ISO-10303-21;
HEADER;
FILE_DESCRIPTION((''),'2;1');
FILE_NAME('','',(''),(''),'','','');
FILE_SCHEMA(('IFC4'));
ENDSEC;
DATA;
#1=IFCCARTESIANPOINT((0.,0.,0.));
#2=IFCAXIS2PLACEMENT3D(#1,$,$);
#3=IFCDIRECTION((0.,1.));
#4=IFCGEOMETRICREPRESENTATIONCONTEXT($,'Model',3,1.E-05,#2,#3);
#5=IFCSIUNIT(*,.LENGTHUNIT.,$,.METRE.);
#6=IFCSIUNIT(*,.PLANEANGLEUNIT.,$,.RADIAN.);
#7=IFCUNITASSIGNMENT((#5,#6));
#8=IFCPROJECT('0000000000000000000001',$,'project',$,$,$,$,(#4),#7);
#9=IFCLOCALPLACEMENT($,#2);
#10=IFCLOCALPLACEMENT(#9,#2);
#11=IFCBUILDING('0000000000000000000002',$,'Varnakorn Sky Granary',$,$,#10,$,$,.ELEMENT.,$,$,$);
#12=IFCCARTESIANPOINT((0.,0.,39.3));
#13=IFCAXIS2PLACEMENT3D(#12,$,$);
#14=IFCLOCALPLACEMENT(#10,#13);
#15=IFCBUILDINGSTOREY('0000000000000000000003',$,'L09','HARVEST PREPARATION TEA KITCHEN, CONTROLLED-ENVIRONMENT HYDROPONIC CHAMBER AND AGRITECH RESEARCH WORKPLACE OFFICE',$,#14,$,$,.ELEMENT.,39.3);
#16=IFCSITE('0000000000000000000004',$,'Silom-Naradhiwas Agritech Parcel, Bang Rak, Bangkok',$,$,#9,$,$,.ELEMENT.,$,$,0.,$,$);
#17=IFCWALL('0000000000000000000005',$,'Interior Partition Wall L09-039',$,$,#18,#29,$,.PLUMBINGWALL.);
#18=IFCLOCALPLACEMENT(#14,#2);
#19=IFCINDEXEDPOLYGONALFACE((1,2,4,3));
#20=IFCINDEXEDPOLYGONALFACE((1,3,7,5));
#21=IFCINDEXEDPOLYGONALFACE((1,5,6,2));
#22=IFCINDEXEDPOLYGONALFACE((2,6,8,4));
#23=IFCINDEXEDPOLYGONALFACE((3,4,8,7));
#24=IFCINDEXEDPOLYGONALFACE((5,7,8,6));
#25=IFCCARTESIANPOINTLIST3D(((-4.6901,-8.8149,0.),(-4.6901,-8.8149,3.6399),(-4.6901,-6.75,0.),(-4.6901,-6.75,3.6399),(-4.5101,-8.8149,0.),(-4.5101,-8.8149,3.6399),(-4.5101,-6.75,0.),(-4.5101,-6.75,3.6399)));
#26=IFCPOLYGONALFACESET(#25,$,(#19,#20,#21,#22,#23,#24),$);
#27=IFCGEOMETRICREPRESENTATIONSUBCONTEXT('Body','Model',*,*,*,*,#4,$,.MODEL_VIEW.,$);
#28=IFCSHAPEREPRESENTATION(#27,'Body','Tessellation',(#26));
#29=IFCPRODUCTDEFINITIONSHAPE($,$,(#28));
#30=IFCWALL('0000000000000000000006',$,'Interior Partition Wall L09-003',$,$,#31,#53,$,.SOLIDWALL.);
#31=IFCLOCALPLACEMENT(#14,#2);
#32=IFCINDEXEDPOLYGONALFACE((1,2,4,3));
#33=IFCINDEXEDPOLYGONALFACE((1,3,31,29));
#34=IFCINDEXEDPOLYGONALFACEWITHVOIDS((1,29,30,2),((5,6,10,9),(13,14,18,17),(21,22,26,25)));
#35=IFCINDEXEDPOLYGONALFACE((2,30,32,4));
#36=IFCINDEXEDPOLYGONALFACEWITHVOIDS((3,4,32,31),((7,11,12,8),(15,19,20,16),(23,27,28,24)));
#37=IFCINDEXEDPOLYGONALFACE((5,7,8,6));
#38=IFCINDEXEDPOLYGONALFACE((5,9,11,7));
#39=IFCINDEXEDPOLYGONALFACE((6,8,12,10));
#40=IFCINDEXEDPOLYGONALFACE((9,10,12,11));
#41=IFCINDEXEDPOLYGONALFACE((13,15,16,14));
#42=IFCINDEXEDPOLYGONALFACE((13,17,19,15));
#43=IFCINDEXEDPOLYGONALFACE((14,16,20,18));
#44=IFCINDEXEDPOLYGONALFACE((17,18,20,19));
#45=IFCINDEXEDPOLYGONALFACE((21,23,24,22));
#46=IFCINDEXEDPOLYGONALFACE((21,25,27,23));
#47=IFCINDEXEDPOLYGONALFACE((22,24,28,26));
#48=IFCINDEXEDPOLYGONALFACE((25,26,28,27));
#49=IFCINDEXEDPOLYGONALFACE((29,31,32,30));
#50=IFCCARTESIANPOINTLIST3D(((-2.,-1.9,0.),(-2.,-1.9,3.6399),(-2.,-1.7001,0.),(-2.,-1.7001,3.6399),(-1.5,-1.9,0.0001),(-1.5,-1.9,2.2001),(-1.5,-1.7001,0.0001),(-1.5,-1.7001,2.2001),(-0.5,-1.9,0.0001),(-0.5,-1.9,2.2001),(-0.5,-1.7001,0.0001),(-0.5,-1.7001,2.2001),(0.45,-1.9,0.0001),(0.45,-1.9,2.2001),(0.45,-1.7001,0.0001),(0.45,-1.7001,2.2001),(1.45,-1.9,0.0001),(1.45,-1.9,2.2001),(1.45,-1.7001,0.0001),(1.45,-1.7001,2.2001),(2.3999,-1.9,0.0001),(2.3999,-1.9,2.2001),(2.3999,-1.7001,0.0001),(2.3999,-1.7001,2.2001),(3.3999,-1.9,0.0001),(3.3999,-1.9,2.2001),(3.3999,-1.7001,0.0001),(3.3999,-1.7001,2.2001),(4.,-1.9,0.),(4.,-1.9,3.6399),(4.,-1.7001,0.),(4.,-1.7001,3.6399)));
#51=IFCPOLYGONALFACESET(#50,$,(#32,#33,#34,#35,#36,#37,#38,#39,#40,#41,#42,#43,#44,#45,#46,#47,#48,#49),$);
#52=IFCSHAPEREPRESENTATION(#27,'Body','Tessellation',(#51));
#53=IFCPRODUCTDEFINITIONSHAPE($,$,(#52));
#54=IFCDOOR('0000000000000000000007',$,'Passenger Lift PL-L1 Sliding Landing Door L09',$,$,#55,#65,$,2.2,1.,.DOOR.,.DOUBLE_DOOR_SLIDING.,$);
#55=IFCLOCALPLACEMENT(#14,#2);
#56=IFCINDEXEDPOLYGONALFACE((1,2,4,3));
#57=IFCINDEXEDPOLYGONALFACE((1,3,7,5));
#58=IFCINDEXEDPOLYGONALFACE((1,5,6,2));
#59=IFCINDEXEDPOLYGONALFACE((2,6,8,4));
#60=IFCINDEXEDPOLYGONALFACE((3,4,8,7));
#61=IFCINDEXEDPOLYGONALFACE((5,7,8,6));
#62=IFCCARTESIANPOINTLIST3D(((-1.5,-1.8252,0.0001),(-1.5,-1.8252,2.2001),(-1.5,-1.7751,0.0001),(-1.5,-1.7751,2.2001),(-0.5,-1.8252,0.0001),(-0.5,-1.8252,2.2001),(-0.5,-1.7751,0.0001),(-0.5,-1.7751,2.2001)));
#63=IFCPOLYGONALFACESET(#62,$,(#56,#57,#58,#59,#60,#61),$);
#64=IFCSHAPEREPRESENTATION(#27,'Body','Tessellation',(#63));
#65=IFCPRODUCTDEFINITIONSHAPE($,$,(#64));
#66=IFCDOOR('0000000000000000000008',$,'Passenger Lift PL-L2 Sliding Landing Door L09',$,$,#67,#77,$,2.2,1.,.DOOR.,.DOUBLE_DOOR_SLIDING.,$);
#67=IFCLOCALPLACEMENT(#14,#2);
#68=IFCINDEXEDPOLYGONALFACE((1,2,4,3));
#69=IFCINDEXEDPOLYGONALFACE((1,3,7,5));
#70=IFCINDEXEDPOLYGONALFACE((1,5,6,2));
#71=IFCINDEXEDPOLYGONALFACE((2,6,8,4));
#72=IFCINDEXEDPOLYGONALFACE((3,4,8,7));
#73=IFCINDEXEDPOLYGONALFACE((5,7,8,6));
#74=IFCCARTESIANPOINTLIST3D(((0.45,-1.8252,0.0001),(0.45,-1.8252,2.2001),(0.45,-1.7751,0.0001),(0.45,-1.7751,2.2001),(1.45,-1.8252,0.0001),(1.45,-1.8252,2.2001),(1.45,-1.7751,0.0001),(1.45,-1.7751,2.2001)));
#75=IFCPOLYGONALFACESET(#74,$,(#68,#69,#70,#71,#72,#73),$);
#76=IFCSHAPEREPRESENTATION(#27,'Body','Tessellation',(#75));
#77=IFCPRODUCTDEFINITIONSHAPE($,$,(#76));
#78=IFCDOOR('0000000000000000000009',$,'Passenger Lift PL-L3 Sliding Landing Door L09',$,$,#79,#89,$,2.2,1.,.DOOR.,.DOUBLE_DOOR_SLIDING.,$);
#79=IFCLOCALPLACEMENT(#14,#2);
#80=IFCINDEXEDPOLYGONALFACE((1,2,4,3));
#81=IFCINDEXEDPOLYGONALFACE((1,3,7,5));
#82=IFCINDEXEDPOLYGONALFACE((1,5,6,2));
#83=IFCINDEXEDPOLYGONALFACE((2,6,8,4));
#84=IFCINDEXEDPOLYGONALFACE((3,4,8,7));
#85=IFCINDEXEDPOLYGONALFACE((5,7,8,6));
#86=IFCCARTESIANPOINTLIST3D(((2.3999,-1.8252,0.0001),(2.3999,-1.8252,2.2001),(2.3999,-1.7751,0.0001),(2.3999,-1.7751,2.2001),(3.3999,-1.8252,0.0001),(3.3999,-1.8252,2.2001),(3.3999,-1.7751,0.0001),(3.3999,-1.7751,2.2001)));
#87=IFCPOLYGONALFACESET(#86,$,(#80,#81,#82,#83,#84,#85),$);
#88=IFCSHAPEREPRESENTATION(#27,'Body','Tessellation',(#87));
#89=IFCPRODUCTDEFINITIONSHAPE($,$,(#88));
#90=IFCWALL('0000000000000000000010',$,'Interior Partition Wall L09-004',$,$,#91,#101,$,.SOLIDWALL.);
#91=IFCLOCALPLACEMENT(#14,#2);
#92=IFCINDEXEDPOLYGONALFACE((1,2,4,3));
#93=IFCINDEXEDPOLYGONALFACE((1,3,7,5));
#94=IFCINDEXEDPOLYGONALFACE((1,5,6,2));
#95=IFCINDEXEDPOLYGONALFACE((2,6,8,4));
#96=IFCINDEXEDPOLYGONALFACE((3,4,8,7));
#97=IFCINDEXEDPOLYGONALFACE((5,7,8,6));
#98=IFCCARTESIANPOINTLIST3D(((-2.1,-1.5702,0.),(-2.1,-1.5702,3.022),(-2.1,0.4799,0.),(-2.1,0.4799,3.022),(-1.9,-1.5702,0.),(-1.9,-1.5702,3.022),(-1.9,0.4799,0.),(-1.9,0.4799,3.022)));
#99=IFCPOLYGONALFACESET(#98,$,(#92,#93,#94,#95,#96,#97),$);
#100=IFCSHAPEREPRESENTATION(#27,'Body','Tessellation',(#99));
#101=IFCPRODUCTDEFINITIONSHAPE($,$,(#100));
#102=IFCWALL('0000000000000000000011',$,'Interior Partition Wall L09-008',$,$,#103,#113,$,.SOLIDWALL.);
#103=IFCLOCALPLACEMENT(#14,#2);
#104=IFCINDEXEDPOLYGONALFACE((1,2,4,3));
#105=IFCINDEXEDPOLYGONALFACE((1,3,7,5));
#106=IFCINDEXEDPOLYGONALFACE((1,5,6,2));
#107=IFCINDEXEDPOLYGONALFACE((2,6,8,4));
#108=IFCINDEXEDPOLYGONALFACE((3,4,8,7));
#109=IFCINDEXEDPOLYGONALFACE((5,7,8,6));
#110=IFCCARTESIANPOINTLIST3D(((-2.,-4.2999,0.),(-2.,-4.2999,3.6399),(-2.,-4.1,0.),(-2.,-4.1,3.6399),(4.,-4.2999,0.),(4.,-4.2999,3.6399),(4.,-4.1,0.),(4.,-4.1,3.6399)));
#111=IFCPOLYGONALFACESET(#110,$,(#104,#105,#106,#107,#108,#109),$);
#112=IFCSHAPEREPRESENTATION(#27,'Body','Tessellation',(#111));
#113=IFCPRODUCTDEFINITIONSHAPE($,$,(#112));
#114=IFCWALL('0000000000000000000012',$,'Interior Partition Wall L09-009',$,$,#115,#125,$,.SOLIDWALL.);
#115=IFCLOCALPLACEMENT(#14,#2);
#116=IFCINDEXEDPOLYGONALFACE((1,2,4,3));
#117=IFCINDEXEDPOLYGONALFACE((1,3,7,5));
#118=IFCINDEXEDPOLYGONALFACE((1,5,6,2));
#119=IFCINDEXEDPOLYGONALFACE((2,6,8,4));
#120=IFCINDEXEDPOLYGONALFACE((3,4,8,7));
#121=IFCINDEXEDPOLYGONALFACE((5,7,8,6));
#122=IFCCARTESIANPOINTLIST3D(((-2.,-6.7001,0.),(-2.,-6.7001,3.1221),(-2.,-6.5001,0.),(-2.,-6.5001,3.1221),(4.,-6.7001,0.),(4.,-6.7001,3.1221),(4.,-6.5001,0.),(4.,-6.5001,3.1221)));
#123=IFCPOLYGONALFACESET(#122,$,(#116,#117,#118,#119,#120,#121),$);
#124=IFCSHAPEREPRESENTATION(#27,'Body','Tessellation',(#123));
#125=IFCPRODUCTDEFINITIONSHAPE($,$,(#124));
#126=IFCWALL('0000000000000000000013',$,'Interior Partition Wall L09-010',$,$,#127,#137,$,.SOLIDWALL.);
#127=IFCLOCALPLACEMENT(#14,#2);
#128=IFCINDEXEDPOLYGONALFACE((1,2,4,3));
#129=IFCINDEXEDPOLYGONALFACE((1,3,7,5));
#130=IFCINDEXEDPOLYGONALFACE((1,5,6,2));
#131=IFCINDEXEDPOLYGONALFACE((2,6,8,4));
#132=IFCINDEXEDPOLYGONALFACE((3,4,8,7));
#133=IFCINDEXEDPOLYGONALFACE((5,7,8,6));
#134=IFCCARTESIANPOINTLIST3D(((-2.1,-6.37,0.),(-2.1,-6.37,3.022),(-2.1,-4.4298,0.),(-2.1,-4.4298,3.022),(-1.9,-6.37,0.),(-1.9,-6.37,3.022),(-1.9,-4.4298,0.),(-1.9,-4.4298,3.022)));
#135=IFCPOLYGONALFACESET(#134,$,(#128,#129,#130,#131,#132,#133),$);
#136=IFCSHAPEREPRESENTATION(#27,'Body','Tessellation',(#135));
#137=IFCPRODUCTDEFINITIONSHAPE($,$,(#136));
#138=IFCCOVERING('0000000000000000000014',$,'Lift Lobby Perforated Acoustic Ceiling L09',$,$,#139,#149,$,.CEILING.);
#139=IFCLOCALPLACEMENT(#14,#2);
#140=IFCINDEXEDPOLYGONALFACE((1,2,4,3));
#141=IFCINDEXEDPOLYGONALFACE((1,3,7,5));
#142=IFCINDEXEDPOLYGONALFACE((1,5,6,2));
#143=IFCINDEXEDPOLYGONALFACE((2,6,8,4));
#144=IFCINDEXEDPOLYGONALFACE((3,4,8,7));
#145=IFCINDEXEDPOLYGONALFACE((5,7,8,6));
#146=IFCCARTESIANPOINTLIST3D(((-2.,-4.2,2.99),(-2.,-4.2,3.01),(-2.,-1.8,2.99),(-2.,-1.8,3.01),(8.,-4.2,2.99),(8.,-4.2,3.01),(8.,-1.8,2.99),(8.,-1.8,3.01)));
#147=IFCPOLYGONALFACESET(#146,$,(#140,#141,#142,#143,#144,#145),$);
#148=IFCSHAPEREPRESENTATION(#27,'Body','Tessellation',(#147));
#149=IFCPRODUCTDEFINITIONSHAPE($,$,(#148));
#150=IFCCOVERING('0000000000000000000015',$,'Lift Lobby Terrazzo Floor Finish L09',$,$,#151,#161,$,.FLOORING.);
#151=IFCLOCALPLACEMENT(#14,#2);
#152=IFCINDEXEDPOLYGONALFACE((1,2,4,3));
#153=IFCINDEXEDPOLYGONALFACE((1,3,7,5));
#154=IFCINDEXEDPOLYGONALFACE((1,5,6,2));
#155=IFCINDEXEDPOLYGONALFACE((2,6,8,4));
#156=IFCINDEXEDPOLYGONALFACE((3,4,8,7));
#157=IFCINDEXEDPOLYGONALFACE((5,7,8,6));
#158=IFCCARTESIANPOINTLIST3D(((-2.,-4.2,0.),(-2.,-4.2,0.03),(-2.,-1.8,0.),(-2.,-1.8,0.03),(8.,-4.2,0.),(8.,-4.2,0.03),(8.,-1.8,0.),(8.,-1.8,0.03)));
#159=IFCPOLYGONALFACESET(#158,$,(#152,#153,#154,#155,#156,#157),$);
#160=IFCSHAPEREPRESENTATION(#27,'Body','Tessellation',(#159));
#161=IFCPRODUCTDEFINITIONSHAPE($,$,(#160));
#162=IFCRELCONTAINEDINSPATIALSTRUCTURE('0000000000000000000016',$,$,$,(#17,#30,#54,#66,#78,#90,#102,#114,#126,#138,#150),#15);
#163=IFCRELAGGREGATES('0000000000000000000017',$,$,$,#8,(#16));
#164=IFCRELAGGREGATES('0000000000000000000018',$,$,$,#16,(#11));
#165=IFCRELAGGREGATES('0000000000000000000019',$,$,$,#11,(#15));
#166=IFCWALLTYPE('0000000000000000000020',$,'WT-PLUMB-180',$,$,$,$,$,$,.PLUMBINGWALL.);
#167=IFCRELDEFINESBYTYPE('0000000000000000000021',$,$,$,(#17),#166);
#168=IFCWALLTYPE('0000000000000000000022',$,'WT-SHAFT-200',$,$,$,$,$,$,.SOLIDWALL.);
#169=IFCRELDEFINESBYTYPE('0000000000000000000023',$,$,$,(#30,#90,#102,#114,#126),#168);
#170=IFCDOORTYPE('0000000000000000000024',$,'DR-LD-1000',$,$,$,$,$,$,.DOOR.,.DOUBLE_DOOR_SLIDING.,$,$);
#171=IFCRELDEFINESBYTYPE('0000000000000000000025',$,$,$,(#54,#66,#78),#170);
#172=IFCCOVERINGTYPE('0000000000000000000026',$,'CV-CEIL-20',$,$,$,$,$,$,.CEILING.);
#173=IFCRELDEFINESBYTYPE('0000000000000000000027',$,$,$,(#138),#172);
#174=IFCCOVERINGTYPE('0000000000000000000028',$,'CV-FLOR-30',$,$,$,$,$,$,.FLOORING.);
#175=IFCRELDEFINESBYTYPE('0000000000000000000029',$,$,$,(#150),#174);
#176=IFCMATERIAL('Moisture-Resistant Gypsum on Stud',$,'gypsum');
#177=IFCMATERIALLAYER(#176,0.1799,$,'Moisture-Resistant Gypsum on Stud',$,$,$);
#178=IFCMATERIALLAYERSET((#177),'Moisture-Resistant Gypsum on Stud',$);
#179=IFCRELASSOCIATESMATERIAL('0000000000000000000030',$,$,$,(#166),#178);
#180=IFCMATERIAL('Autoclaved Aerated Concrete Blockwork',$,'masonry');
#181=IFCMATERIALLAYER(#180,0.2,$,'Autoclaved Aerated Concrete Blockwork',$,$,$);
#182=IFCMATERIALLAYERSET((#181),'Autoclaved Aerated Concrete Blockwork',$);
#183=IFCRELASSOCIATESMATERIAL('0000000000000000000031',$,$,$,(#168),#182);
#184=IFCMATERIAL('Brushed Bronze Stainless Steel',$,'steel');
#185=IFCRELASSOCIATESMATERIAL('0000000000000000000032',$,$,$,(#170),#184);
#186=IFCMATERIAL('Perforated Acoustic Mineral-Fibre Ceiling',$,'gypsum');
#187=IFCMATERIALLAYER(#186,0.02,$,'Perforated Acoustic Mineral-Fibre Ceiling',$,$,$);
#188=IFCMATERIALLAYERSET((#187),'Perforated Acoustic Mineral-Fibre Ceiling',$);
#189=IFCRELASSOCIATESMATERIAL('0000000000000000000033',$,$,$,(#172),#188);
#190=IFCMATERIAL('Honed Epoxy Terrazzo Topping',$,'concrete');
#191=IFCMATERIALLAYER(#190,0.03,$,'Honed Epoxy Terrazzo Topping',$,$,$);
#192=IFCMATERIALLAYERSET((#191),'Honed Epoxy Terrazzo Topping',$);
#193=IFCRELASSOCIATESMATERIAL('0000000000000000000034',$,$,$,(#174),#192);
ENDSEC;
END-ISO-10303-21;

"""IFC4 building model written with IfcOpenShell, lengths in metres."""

from ifc_helpers import new_model, si_unit, direction, frame, frame_2d, origin, place, context, subcontext, project, spatial, polyline, rectangle, outline, extrude, material, layer, layer_set, type_object, element, fill, save


model = new_model("IFC4")

# Units and contexts
model_context = context("Model", 3, precision=1e-05, world=origin(), true_north=direction((0.0, 1.0)))
body_context = subcontext(model_context, "Body", "Model", "MODEL_VIEW")
ifc_project = project(units=[si_unit("LENGTHUNIT", "METRE"), si_unit("PLANEANGLEUNIT", "RADIAN")], contexts=[model_context])

# Site, building, storey
site_placement = place(None, origin())
site = spatial("IfcSite", under=ifc_project, at=site_placement, Name="Silom-Naradhiwas Agritech Parcel, Bang Rak, Bangkok", CompositionType="ELEMENT", RefElevation=0.0)
building_placement = place(site_placement, origin())
building = spatial("IfcBuilding", under=site, at=building_placement, Name="Varnakorn Sky Granary", CompositionType="ELEMENT")
storey_placement = place(building_placement, frame((0.0, 0.0, 39.3)))
storey = spatial("IfcBuildingStorey", under=building, at=storey_placement, Name="L09", Description="HARVEST PREPARATION TEA KITCHEN, CONTROLLED-ENVIRONMENT HYDROPONIC CHAMBER AND AGRITECH RESEARCH WORKPLACE OFFICE", CompositionType="ELEMENT", Elevation=39.3)

# Shared definitions
ifc_material_1 = material(Name="Autoclaved Aerated Concrete Blockwork", Category="masonry")

# Wall
ifc_material_2 = material(Name="Moisture-Resistant Gypsum on Stud", Category="gypsum")
ifc_layer_1 = layer(ifc_material_2, 0.1799, Name="Moisture-Resistant Gypsum on Stud")
ifc_layer_set_1 = layer_set([ifc_layer_1], Name="Moisture-Resistant Gypsum on Stud")
wall_type_1 = type_object("IfcWallType", Name="WT-PLUMB-180", PredefinedType="PLUMBINGWALL", material=ifc_layer_set_1)
wall_1_placement = place(storey_placement, frame((-4.6001, -6.75, 0.0), z_axis=(0.0, 0.0, 1.0), x_axis=(0.0, -1.0, 0.0)))
element("IfcWall", 1, at=wall_1_placement, inside=storey, type_object=wall_type_1, Name="Interior Partition Wall L09-039", PredefinedType="PLUMBINGWALL", context=body_context, shape_type="SweptSolid", body=[
    extrude(rectangle(XDim=2.0649, YDim=0.1799, at=frame_2d((1.0325, 0.0))), origin(), (0.0, 0.0, 1.0), 3.6399),
])

# Wall, openings, doors
ifc_layer_2 = layer(ifc_material_1, 0.2, Name="Autoclaved Aerated Concrete Blockwork")
ifc_layer_set_2 = layer_set([ifc_layer_2], Name="Autoclaved Aerated Concrete Blockwork")
wall_type_2 = type_object("IfcWallType", Name="WT-SHAFT-200", PredefinedType="SOLIDWALL", material=ifc_layer_set_2)
wall_2_placement = place(storey_placement, frame((-2.0, -1.8, 0.0), z_axis=(0.0, 0.0, 1.0), x_axis=(1.0, 0.0, 0.0)))
wall_2 = element("IfcWall", 2, at=wall_2_placement, inside=storey, type_object=wall_type_2, Name="Interior Partition Wall L09-003", PredefinedType="SOLIDWALL", context=body_context, shape_type="SweptSolid", body=[
    extrude(rectangle(XDim=6.0, YDim=0.2, at=frame_2d((3.0, 0.0))), origin(), (0.0, 0.0, 1.0), 3.6399),
])
opening_1_placement = place(wall_2_placement, frame((0.5, 0.0, 0.0)))
opening_1 = element("IfcOpeningElement", 3, at=opening_1_placement, cuts=wall_2, PredefinedType="OPENING", context=body_context, shape_type="SweptSolid", body=[
    extrude(rectangle(XDim=1.0, YDim=2.2, at=frame_2d((0.5, 1.1001))), frame((0.0, 0.1099, 0.0), z_axis=(0.0, -1.0, 0.0), x_axis=(1.0, 0.0, 0.0)), (0.0, 0.0, 1.0), 0.22),
])
opening_2_placement = place(wall_2_placement, frame((2.45, 0.0, 0.0)))
opening_2 = element("IfcOpeningElement", 4, at=opening_2_placement, cuts=wall_2, PredefinedType="OPENING", context=body_context, shape_type="SweptSolid", body=[
    extrude(rectangle(XDim=1.0, YDim=2.2, at=frame_2d((0.5, 1.1001))), frame((0.0, 0.1099, 0.0), z_axis=(0.0, -1.0, 0.0), x_axis=(1.0, 0.0, 0.0)), (0.0, 0.0, 1.0), 0.22),
])
opening_3_placement = place(wall_2_placement, frame((4.3999, 0.0, 0.0)))
opening_3 = element("IfcOpeningElement", 5, at=opening_3_placement, cuts=wall_2, PredefinedType="OPENING", context=body_context, shape_type="SweptSolid", body=[
    extrude(rectangle(XDim=1.0, YDim=2.2, at=frame_2d((0.5, 1.1001))), frame((0.0, 0.1099, 0.0), z_axis=(0.0, -1.0, 0.0), x_axis=(1.0, 0.0, 0.0)), (0.0, 0.0, 1.0), 0.22),
])
ifc_material_3 = material(Name="Brushed Bronze Stainless Steel", Category="steel")
door_type_1 = type_object("IfcDoorType", Name="DR-LD-1000", OperationType="DOUBLE_DOOR_SLIDING", PredefinedType="DOOR", material=ifc_material_3)
door_1_placement = place(opening_1_placement, origin())
door_1 = element("IfcDoor", 6, at=door_1_placement, inside=storey, type_object=door_type_1, Name="Passenger Lift PL-L1 Sliding Landing Door L09", OperationType="DOUBLE_DOOR_SLIDING", OverallHeight=2.2, OverallWidth=1.0, PredefinedType="DOOR", context=body_context, shape_type="SweptSolid", body=[
    extrude(rectangle(XDim=1.0, YDim=2.2, at=frame_2d((0.5, 1.1001))), frame((0.0, 0.0249, 0.0), z_axis=(0.0, -1.0, 0.0), x_axis=(1.0, 0.0, 0.0)), (0.0, 0.0, 1.0), 0.05),
])
fill(opening_1, door_1)
door_2_placement = place(opening_2_placement, origin())
door_2 = element("IfcDoor", 7, at=door_2_placement, inside=storey, type_object=door_type_1, Name="Passenger Lift PL-L2 Sliding Landing Door L09", OperationType="DOUBLE_DOOR_SLIDING", OverallHeight=2.2, OverallWidth=1.0, PredefinedType="DOOR", context=body_context, shape_type="SweptSolid", body=[
    extrude(rectangle(XDim=1.0, YDim=2.2, at=frame_2d((0.5, 1.1001))), frame((0.0, 0.0249, 0.0), z_axis=(0.0, -1.0, 0.0), x_axis=(1.0, 0.0, 0.0)), (0.0, 0.0, 1.0), 0.05),
])
fill(opening_2, door_2)
door_3_placement = place(opening_3_placement, origin())
door_3 = element("IfcDoor", 8, at=door_3_placement, inside=storey, type_object=door_type_1, Name="Passenger Lift PL-L3 Sliding Landing Door L09", OperationType="DOUBLE_DOOR_SLIDING", OverallHeight=2.2, OverallWidth=1.0, PredefinedType="DOOR", context=body_context, shape_type="SweptSolid", body=[
    extrude(rectangle(XDim=1.0, YDim=2.2, at=frame_2d((0.5, 1.1001))), frame((0.0, 0.0249, 0.0), z_axis=(0.0, -1.0, 0.0), x_axis=(1.0, 0.0, 0.0)), (0.0, 0.0, 1.0), 0.05),
])
fill(opening_3, door_3)

# Walls
wall_3_placement = place(storey_placement, frame((-2.0, -1.5701, 0.0), z_axis=(0.0, 0.0, 1.0), x_axis=(0.0, 1.0, 0.0)))
element("IfcWall", 9, at=wall_3_placement, inside=storey, type_object=wall_type_2, Name="Interior Partition Wall L09-004", PredefinedType="SOLIDWALL", context=body_context, shape_type="SweptSolid", body=[
    extrude(rectangle(XDim=2.05, YDim=0.2, at=frame_2d((1.0249, 0.0))), origin(), (0.0, 0.0, 1.0), 3.022),
])
wall_4_placement = place(storey_placement, frame((-2.0, -4.2, 0.0), z_axis=(0.0, 0.0, 1.0), x_axis=(1.0, 0.0, 0.0)))
element("IfcWall", 10, at=wall_4_placement, inside=storey, type_object=wall_type_2, Name="Interior Partition Wall L09-008", PredefinedType="SOLIDWALL", context=body_context, shape_type="SweptSolid", body=[
    extrude(rectangle(XDim=6.0, YDim=0.2, at=frame_2d((3.0, 0.0))), origin(), (0.0, 0.0, 1.0), 3.6399),
])
wall_5_placement = place(storey_placement, frame((-2.0, -6.6001, 0.0), z_axis=(0.0, 0.0, 1.0), x_axis=(1.0, 0.0, 0.0)))
element("IfcWall", 11, at=wall_5_placement, inside=storey, type_object=wall_type_2, Name="Interior Partition Wall L09-009", PredefinedType="SOLIDWALL", context=body_context, shape_type="SweptSolid", body=[
    extrude(rectangle(XDim=6.0, YDim=0.2, at=frame_2d((3.0, 0.0))), origin(), (0.0, 0.0, 1.0), 3.1221),
])
wall_6_placement = place(storey_placement, frame((-2.0, -6.3701, 0.0), z_axis=(0.0, 0.0, 1.0), x_axis=(0.0, 1.0, 0.0)))
element("IfcWall", 12, at=wall_6_placement, inside=storey, type_object=wall_type_2, Name="Interior Partition Wall L09-010", PredefinedType="SOLIDWALL", context=body_context, shape_type="SweptSolid", body=[
    extrude(rectangle(XDim=1.9402, YDim=0.2, at=frame_2d((0.9702, 0.0))), origin(), (0.0, 0.0, 1.0), 3.022),
])

# Coverings
ifc_material_4 = material(Name="Perforated Acoustic Mineral-Fibre Ceiling", Category="gypsum")
ifc_layer_3 = layer(ifc_material_4, 0.02, Name="Perforated Acoustic Mineral-Fibre Ceiling")
ifc_layer_set_3 = layer_set([ifc_layer_3], Name="Perforated Acoustic Mineral-Fibre Ceiling")
covering_type_1 = type_object("IfcCoveringType", Name="CV-CEIL-20", PredefinedType="CEILING", material=ifc_layer_set_3)
covering_1_placement = place(storey_placement, frame((0.0, 0.0, 2.99)))
element("IfcCovering", 13, at=covering_1_placement, inside=storey, type_object=covering_type_1, Name="Lift Lobby Perforated Acoustic Ceiling L09", PredefinedType="CEILING", context=body_context, shape_type="SweptSolid", body=[
    extrude(outline(polyline([(-2.0, -4.2), (8.0, -4.2), (8.0, -1.8), (-2.0, -1.8), (-2.0, -4.2)])), origin(), (0.0, 0.0, 1.0), 0.02),
])
ifc_material_5 = material(Name="Honed Epoxy Terrazzo Topping", Category="concrete")
ifc_layer_4 = layer(ifc_material_5, 0.03, Name="Honed Epoxy Terrazzo Topping")
ifc_layer_set_4 = layer_set([ifc_layer_4], Name="Honed Epoxy Terrazzo Topping")
covering_type_2 = type_object("IfcCoveringType", Name="CV-FLOR-30", PredefinedType="FLOORING", material=ifc_layer_set_4)
covering_2_placement = place(storey_placement, origin())
element("IfcCovering", 14, at=covering_2_placement, inside=storey, type_object=covering_type_2, Name="Lift Lobby Terrazzo Floor Finish L09", PredefinedType="FLOORING", context=body_context, shape_type="SweptSolid", body=[
    extrude(outline(polyline([(-2.0, -4.2), (8.0, -4.2), (8.0, -1.8), (-2.0, -1.8), (-2.0, -4.2)])), origin(), (0.0, 0.0, 1.0), 0.03),
])

save(model, "model.ifc")
